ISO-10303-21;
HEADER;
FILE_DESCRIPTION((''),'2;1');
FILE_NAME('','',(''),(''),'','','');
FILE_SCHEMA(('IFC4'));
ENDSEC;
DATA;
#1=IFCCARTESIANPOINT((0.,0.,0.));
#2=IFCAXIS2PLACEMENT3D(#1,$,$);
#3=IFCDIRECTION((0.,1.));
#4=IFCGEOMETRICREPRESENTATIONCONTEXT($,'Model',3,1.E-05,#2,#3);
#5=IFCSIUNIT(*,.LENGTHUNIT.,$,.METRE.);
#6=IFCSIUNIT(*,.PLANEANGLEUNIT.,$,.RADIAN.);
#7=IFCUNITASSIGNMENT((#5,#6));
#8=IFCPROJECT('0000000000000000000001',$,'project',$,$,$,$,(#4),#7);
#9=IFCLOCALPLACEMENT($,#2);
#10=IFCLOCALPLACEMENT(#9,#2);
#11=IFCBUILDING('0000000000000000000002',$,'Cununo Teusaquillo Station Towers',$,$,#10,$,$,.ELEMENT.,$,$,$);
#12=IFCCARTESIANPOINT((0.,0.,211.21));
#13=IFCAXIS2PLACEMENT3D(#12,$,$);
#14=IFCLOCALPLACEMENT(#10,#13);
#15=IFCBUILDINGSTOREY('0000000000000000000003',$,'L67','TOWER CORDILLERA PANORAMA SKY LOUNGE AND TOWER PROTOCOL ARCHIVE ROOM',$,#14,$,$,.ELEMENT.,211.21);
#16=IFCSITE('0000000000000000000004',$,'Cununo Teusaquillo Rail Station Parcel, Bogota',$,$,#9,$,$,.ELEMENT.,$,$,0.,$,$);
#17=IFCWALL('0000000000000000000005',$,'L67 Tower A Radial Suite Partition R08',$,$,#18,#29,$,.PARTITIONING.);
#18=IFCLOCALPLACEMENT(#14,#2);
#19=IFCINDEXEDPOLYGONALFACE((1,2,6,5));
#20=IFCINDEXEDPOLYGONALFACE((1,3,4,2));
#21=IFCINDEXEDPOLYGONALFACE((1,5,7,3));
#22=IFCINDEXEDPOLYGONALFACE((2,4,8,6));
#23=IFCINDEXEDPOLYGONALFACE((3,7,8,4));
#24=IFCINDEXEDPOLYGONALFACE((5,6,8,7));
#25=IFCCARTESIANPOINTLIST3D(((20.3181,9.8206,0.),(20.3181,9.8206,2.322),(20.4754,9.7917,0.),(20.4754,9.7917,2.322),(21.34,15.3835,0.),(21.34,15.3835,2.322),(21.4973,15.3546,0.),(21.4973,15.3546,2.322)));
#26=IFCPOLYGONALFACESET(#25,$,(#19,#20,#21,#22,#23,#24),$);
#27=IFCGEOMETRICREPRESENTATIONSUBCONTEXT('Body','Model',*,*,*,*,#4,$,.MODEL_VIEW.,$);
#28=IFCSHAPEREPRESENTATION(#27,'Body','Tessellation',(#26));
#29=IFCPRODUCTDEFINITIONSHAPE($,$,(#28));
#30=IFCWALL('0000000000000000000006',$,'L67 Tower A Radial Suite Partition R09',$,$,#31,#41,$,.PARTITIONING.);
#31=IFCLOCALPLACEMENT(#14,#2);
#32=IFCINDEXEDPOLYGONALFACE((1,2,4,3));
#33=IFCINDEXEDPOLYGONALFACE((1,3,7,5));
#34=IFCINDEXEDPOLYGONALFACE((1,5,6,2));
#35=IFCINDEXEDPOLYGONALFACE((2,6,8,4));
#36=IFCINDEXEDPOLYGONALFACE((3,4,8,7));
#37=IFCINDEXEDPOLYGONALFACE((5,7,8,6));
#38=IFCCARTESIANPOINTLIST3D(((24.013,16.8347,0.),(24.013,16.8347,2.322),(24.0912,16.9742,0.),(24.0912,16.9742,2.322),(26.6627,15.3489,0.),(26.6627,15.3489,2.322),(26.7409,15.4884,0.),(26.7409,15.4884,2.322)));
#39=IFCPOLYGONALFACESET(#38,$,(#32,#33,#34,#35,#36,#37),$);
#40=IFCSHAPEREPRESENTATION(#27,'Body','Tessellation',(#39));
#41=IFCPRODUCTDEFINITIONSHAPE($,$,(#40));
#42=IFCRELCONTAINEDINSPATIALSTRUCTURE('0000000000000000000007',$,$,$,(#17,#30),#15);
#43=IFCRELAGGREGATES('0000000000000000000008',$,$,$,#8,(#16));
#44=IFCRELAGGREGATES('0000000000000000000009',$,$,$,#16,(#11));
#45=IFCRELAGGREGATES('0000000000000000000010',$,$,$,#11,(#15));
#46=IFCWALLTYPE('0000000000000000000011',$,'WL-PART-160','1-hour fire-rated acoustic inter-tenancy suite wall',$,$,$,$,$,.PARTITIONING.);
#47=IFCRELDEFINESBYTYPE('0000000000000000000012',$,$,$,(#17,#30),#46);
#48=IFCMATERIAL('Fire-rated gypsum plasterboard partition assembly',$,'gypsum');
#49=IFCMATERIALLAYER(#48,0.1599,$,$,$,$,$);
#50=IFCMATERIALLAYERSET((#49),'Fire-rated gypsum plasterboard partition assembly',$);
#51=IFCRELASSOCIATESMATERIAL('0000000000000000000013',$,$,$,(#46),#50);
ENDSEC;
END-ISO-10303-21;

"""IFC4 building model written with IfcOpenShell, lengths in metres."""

from ifc_helpers import new_model, si_unit, direction, frame, frame_2d, origin, place, context, subcontext, project, spatial, rectangle, extrude, material, layer, layer_set, type_object, element, save


model = new_model("IFC4")

# Units and contexts
model_context = context("Model", 3, precision=1e-05, world=origin(), true_north=direction((0.0, 1.0)))
body_context = subcontext(model_context, "Body", "Model", "MODEL_VIEW")
ifc_project = project(units=[si_unit("LENGTHUNIT", "METRE"), si_unit("PLANEANGLEUNIT", "RADIAN")], contexts=[model_context])

# Site, building, storey
site_placement = place(None, origin())
site = spatial("IfcSite", under=ifc_project, at=site_placement, Name="Cununo Teusaquillo Rail Station Parcel, Bogota", CompositionType="ELEMENT", RefElevation=0.0)
building_placement = place(site_placement, origin())
building = spatial("IfcBuilding", under=site, at=building_placement, Name="Cununo Teusaquillo Station Towers", CompositionType="ELEMENT")
storey_placement = place(building_placement, frame((0.0, 0.0, 211.21)))
storey = spatial("IfcBuildingStorey", under=building, at=storey_placement, Name="L67", Description="TOWER CORDILLERA PANORAMA SKY LOUNGE AND TOWER PROTOCOL ARCHIVE ROOM", CompositionType="ELEMENT", Elevation=211.21)

# Walls
ifc_material_1 = material(Name="Fire-rated gypsum plasterboard partition assembly", Category="gypsum")
ifc_layer_1 = layer(ifc_material_1, 0.1599)
ifc_layer_set_1 = layer_set([ifc_layer_1], Name="Fire-rated gypsum plasterboard partition assembly")
wall_type_1 = type_object("IfcWallType", Name="WL-PART-160", Description="1-hour fire-rated acoustic inter-tenancy suite wall", PredefinedType="PARTITIONING", material=ifc_layer_set_1)
wall_1_placement = place(storey_placement, frame((21.4187, 15.3691, 0.0), z_axis=(0.0, 0.0, 1.0), x_axis=(-0.180686, -0.983541, 0.0)))
element("IfcWall", 1, at=wall_1_placement, inside=storey, type_object=wall_type_1, Name="L67 Tower A Radial Suite Partition R08", PredefinedType="PARTITIONING", context=body_context, shape_type="SweptSolid", body=[
    extrude(rectangle(XDim=5.656, YDim=0.1599, at=frame_2d((2.8281, 0.0))), origin(), (0.0, 0.0, 1.0), 2.322),
])
wall_2_placement = place(storey_placement, frame((24.052, 16.9045, 0.0), z_axis=(0.0, 0.0, 1.0), x_axis=(0.872221, -0.489112, 0.0)))
element("IfcWall", 2, at=wall_2_placement, inside=storey, type_object=wall_type_1, Name="L67 Tower A Radial Suite Partition R09", PredefinedType="PARTITIONING", context=body_context, shape_type="SweptSolid", body=[
    extrude(rectangle(XDim=3.0378, YDim=0.1599, at=frame_2d((1.519, 0.0))), origin(), (0.0, 0.0, 1.0), 2.322),
])

save(model, "model.ifc")
